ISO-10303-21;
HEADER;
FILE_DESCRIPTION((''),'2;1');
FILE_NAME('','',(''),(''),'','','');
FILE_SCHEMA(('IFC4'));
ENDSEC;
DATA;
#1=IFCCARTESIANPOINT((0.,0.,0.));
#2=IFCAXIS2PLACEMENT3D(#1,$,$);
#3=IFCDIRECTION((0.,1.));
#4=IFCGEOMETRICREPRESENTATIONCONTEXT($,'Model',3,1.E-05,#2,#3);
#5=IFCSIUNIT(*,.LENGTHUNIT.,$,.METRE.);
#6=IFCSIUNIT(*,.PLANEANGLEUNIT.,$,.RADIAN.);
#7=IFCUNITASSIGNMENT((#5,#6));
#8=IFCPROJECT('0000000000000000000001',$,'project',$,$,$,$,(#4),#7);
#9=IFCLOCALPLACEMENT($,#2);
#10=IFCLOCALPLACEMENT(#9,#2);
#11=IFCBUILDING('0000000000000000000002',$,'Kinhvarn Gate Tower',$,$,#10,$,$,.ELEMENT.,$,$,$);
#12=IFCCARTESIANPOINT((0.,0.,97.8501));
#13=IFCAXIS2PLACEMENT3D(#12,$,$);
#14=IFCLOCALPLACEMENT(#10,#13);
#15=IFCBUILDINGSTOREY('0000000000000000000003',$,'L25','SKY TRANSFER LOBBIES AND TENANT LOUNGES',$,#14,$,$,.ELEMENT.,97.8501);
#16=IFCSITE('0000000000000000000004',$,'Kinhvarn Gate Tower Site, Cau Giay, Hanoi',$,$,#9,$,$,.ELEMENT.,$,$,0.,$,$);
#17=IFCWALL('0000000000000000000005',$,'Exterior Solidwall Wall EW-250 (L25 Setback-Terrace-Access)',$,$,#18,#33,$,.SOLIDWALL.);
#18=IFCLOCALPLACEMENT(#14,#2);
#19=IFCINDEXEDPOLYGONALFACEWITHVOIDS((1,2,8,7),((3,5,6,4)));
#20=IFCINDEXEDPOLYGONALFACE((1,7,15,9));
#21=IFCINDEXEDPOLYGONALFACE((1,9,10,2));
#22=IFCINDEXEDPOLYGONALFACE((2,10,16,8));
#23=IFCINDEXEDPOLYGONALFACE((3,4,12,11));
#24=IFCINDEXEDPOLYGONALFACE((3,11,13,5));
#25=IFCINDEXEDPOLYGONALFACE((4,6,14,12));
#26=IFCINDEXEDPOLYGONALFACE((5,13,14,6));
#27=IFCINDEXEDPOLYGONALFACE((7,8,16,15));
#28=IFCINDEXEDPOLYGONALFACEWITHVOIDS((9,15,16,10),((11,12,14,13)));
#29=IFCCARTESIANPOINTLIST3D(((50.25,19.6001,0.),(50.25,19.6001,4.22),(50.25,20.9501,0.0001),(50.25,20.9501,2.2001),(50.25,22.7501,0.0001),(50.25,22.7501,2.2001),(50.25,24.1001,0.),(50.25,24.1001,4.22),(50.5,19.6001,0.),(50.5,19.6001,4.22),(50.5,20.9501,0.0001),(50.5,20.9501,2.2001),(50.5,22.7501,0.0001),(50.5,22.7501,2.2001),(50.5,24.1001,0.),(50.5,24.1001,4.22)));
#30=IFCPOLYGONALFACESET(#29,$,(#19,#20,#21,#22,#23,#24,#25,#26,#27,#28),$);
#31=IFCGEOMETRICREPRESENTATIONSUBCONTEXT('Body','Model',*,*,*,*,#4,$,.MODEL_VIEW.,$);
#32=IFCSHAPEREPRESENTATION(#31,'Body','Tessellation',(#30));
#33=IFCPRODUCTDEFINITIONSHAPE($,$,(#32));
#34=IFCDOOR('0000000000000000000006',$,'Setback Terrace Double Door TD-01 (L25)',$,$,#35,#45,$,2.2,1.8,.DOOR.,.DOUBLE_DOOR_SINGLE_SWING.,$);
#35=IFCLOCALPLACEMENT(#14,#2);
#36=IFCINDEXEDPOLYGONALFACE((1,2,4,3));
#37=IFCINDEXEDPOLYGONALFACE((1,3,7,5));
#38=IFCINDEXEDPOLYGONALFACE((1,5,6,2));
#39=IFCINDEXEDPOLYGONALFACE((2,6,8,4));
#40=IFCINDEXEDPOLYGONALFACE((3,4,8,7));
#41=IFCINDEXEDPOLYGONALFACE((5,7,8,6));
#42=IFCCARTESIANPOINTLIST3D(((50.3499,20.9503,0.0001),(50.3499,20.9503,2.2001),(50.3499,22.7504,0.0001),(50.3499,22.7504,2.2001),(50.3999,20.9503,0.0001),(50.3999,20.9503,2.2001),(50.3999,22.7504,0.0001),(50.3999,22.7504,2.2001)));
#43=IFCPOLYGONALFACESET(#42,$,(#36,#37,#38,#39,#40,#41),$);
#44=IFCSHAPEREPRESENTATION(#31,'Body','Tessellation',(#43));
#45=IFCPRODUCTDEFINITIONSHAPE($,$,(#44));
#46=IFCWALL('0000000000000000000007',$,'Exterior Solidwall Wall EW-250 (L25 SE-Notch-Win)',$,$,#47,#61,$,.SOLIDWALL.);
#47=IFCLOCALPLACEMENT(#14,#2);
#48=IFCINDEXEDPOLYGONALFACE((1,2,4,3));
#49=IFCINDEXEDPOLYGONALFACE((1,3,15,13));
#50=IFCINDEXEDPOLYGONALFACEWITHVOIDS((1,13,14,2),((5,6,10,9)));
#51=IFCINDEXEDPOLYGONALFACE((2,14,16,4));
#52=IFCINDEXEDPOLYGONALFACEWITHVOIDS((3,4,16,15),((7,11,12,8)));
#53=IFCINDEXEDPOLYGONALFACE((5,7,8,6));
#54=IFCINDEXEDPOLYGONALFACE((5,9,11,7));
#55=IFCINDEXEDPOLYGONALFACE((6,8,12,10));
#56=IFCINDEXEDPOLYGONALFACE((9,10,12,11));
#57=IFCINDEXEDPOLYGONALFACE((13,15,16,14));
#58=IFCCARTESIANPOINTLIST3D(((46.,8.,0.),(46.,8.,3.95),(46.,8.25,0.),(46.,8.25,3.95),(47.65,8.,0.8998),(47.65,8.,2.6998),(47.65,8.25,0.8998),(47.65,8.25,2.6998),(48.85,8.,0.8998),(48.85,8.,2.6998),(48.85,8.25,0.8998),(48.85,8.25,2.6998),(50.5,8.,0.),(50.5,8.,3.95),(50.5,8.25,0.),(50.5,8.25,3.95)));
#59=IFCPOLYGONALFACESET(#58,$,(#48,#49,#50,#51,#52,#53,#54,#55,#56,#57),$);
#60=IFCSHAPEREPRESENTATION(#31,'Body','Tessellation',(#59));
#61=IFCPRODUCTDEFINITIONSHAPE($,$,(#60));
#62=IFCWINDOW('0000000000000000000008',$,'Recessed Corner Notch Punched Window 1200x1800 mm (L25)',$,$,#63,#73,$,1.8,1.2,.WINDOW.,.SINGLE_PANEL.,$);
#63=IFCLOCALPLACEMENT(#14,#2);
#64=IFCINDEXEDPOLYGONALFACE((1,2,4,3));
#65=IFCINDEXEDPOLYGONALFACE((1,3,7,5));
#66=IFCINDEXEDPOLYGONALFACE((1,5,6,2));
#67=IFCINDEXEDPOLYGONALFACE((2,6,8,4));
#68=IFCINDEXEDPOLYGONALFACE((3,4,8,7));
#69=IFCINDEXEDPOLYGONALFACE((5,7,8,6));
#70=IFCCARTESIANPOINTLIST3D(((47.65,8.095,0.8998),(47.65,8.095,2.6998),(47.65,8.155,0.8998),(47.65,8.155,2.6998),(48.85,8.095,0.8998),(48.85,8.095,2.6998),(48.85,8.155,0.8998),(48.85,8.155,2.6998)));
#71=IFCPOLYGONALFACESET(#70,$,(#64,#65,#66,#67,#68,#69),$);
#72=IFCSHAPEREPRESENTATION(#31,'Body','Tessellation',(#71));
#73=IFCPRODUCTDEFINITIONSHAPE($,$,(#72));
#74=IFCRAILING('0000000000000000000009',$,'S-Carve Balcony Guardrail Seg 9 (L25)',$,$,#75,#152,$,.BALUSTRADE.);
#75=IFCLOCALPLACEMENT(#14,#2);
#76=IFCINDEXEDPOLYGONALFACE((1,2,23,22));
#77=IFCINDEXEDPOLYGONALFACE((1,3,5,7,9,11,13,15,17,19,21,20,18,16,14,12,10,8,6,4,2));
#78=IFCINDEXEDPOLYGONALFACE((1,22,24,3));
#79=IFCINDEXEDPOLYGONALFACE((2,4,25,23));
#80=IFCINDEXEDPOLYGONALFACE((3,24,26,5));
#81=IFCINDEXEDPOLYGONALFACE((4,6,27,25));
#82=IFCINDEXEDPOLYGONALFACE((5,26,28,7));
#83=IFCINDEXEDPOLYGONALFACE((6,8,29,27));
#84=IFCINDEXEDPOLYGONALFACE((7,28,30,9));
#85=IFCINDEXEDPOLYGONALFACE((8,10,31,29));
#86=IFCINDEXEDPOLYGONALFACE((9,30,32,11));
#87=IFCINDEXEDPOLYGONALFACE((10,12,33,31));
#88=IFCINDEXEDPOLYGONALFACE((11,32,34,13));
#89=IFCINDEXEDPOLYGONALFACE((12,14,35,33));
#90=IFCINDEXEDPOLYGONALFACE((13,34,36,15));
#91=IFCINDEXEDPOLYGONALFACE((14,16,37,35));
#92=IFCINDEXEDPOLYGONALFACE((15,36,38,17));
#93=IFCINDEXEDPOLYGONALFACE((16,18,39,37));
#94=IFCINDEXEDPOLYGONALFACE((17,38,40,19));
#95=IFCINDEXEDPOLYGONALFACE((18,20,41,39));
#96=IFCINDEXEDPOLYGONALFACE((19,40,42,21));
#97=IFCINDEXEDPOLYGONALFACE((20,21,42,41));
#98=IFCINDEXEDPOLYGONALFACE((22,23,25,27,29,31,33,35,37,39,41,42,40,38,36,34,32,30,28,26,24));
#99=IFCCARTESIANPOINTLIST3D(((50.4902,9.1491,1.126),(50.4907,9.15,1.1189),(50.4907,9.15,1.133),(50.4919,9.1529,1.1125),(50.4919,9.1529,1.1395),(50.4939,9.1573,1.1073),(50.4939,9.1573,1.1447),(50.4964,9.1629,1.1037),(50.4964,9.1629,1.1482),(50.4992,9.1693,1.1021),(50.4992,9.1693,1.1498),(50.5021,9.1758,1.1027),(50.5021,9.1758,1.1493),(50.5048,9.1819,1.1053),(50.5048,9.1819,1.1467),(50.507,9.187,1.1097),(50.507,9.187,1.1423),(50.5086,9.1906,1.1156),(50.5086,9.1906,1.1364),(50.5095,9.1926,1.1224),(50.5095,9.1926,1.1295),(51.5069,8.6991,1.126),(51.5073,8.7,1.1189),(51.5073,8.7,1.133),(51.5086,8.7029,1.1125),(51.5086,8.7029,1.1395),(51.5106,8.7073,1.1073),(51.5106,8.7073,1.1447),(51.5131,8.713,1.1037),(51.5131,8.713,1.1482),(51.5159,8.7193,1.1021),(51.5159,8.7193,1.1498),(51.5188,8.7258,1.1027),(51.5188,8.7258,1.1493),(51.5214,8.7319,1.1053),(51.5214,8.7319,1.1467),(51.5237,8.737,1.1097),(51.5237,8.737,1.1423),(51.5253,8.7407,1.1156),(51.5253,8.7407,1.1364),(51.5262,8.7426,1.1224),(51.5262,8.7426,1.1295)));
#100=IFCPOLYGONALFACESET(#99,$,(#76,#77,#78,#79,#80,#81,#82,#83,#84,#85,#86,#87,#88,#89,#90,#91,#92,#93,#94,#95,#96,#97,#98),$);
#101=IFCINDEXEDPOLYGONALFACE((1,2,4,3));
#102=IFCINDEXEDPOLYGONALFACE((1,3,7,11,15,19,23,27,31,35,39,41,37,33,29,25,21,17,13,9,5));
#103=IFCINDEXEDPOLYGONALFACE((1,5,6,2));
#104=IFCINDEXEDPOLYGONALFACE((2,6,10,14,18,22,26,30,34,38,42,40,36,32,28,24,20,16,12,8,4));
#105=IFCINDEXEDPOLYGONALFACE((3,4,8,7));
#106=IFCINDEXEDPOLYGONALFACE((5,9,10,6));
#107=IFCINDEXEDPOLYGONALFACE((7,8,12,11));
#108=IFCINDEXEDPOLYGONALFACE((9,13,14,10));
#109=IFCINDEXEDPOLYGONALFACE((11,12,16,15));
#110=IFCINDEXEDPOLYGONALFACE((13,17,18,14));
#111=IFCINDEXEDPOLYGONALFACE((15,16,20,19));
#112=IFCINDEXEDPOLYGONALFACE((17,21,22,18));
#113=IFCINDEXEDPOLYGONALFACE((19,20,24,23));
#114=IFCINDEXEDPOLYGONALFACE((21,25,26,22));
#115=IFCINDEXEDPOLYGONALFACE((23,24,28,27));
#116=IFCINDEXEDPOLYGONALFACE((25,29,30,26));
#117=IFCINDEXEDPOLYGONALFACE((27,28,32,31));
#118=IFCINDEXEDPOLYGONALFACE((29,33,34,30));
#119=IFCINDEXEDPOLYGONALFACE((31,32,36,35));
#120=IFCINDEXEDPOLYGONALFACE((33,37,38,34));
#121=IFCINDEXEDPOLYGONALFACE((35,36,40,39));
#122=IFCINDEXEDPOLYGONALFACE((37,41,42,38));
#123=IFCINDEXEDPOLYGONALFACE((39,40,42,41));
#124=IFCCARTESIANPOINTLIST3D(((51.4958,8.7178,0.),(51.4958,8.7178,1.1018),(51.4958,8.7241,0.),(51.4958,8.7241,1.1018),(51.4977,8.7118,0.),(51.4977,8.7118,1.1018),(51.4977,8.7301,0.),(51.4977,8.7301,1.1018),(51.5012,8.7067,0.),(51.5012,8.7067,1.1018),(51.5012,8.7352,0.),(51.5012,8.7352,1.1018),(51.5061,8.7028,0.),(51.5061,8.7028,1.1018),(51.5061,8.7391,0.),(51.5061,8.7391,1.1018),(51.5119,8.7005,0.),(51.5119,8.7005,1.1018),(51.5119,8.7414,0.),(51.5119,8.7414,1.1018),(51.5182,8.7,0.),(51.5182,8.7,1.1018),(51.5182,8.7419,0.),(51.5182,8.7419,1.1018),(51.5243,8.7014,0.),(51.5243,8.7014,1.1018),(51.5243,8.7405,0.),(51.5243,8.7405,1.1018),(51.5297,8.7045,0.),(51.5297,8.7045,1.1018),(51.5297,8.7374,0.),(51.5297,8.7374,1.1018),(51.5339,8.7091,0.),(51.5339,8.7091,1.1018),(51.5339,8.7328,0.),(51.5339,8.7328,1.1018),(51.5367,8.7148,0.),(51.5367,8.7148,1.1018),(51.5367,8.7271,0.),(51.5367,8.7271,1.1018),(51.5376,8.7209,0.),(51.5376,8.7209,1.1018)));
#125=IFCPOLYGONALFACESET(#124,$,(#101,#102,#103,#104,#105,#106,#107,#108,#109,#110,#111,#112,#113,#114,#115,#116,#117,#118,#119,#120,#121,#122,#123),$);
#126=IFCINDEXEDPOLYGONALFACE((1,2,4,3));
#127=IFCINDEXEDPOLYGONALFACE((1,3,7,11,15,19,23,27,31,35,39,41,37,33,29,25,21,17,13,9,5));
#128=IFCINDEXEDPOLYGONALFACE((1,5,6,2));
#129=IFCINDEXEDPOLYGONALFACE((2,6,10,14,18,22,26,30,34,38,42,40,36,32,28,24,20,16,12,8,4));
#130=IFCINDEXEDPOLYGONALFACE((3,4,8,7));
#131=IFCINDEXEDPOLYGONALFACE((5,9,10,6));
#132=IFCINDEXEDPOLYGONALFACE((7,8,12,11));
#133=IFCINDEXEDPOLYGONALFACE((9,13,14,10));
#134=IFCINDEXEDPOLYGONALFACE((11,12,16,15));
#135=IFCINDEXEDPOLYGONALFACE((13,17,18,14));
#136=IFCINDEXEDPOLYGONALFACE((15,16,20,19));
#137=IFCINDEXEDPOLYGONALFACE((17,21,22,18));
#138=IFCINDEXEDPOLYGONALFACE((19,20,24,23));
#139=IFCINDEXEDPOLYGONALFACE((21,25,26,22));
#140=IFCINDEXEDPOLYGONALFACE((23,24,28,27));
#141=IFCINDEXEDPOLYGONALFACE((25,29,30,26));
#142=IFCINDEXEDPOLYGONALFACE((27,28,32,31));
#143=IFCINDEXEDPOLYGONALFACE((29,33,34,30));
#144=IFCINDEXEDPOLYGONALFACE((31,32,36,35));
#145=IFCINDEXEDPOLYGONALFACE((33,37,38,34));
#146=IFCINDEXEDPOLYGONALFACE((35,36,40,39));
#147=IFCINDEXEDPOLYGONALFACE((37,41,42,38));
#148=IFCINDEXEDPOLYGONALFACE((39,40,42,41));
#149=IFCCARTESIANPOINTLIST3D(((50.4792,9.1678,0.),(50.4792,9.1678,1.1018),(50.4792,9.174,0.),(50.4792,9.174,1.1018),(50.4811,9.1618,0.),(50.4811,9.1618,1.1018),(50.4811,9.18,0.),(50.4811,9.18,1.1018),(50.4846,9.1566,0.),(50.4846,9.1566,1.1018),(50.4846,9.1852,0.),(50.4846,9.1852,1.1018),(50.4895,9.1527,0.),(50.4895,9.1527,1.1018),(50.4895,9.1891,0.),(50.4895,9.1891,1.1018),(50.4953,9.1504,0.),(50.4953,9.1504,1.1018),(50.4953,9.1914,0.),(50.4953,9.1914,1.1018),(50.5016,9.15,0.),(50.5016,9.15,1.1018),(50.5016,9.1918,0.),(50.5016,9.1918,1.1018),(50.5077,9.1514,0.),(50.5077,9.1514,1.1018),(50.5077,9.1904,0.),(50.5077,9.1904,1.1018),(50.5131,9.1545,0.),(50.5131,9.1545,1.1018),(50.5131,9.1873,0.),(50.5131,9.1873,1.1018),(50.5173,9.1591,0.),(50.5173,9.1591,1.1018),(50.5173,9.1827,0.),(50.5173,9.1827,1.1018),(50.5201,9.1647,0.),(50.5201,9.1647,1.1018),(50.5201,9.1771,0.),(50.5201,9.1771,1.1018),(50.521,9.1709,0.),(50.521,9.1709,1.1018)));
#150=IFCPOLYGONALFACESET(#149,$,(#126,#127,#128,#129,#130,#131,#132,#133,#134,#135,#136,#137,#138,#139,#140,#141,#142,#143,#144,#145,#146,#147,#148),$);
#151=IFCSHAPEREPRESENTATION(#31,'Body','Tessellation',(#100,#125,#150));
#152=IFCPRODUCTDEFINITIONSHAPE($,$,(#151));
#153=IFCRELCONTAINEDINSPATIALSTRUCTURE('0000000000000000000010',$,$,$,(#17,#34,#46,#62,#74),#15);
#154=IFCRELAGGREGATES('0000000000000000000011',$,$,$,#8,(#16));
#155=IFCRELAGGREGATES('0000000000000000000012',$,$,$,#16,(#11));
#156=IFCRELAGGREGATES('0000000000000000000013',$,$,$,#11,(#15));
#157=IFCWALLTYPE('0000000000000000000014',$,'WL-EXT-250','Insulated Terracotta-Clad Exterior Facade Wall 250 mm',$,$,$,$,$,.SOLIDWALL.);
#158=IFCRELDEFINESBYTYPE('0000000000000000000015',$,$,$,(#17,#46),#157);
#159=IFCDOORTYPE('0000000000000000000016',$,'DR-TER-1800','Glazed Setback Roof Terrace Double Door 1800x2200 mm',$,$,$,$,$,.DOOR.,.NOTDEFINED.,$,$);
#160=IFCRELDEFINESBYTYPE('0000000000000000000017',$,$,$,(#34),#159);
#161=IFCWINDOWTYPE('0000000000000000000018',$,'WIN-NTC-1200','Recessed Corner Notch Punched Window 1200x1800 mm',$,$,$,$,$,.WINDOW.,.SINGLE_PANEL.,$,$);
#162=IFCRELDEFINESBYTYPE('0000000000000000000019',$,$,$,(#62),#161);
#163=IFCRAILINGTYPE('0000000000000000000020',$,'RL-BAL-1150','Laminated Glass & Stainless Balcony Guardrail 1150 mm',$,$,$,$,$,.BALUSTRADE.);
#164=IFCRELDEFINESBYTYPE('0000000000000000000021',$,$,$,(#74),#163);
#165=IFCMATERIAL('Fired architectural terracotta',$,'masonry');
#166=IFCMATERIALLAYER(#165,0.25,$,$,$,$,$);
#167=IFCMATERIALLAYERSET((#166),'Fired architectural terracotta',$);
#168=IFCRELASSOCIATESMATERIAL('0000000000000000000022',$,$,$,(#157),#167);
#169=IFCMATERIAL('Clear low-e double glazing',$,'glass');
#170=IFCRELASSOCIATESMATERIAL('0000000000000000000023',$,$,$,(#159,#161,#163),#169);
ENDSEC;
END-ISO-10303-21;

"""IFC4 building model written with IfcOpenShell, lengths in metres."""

from ifc_helpers import new_model, si_unit, direction, frame, frame_2d, origin, origin_2d, place, context, subcontext, project, spatial, rectangle, circle, extrude, material, layer, layer_set, type_object, element, fill, save


model = new_model("IFC4")

# Units and contexts
model_context = context("Model", 3, precision=1e-05, world=origin(), true_north=direction((0.0, 1.0)))
body_context = subcontext(model_context, "Body", "Model", "MODEL_VIEW")
ifc_project = project(units=[si_unit("LENGTHUNIT", "METRE"), si_unit("PLANEANGLEUNIT", "RADIAN")], contexts=[model_context])

# Site, building, storey
site_placement = place(None, origin())
site = spatial("IfcSite", under=ifc_project, at=site_placement, Name="Kinhvarn Gate Tower Site, Cau Giay, Hanoi", CompositionType="ELEMENT", RefElevation=0.0)
building_placement = place(site_placement, origin())
building = spatial("IfcBuilding", under=site, at=building_placement, Name="Kinhvarn Gate Tower", CompositionType="ELEMENT")
storey_placement = place(building_placement, frame((0.0, 0.0, 97.8501)))
storey = spatial("IfcBuildingStorey", under=building, at=storey_placement, Name="L25", Description="SKY TRANSFER LOBBIES AND TENANT LOUNGES", CompositionType="ELEMENT", Elevation=97.8501)

# Shared definitions
ifc_material_1 = material(Name="Clear low-e double glazing", Category="glass")

# Wall, opening, door
ifc_material_2 = material(Name="Fired architectural terracotta", Category="masonry")
ifc_layer_1 = layer(ifc_material_2, 0.25)
ifc_layer_set_1 = layer_set([ifc_layer_1], Name="Fired architectural terracotta")
wall_type = type_object("IfcWallType", Name="WL-EXT-250", Description="Insulated Terracotta-Clad Exterior Facade Wall 250 mm", PredefinedType="SOLIDWALL", material=ifc_layer_set_1)
wall_1_placement = place(storey_placement, frame((50.375, 19.6001, 0.0), z_axis=(0.0, 0.0, 1.0), x_axis=(0.0, 1.0, 0.0)))
wall_1 = element("IfcWall", 1, at=wall_1_placement, inside=storey, type_object=wall_type, Name="Exterior Solidwall Wall EW-250 (L25 Setback-Terrace-Access)", PredefinedType="SOLIDWALL", context=body_context, shape_type="SweptSolid", body=[
    extrude(rectangle(XDim=4.5, YDim=0.25, at=frame_2d((2.25, 0.0))), origin(), (0.0, 0.0, 1.0), 4.22),
])
opening_1_placement = place(wall_1_placement, frame((1.3501, 0.0, 0.0)))
opening_1 = element("IfcOpeningElement", 2, at=opening_1_placement, cuts=wall_1, PredefinedType="OPENING", context=body_context, shape_type="SweptSolid", body=[
    extrude(rectangle(XDim=1.8, YDim=2.2, at=frame_2d((0.8999, 1.1001))), frame((0.0, 0.135, 0.0), z_axis=(0.0, -1.0, 0.0), x_axis=(1.0, 0.0, 0.0)), (0.0, 0.0, 1.0), 0.27),
])
door_type = type_object("IfcDoorType", Name="DR-TER-1800", Description="Glazed Setback Roof Terrace Double Door 1800x2200 mm", OperationType="NOTDEFINED", PredefinedType="DOOR", material=ifc_material_1)
door_placement = place(opening_1_placement, frame((1.8, 0.0, 0.0), z_axis=(0.0, 0.0, 1.0), x_axis=(-1.0, 0.0, 0.0)))
door = element("IfcDoor", 3, at=door_placement, inside=storey, type_object=door_type, Name="Setback Terrace Double Door TD-01 (L25)", OperationType="DOUBLE_DOOR_SINGLE_SWING", OverallHeight=2.2, OverallWidth=1.8, PredefinedType="DOOR", context=body_context, shape_type="SweptSolid", body=[
    extrude(rectangle(XDim=1.8, YDim=2.2, at=frame_2d((0.8999, 1.1001))), frame((0.0, 0.0249, 0.0), z_axis=(0.0, -1.0, 0.0), x_axis=(1.0, 0.0, 0.0)), (0.0, 0.0, 1.0), 0.05),
])
fill(opening_1, door)

# Wall, opening, window
wall_2_placement = place(storey_placement, frame((46.0, 8.125, 0.0), z_axis=(0.0, 0.0, 1.0), x_axis=(1.0, 0.0, 0.0)))
wall_2 = element("IfcWall", 4, at=wall_2_placement, inside=storey, type_object=wall_type, Name="Exterior Solidwall Wall EW-250 (L25 SE-Notch-Win)", PredefinedType="SOLIDWALL", context=body_context, shape_type="SweptSolid", body=[
    extrude(rectangle(XDim=4.5, YDim=0.25, at=frame_2d((2.25, 0.0))), origin(), (0.0, 0.0, 1.0), 3.95),
])
opening_2_placement = place(wall_2_placement, frame((1.6499, 0.0, 0.8999)))
opening_2 = element("IfcOpeningElement", 5, at=opening_2_placement, cuts=wall_2, PredefinedType="OPENING", context=body_context, shape_type="SweptSolid", body=[
    extrude(rectangle(XDim=1.2, YDim=1.8, at=frame_2d((0.6001, 0.8999))), frame((0.0, 0.135, 0.0), z_axis=(0.0, -1.0, 0.0), x_axis=(1.0, 0.0, 0.0)), (0.0, 0.0, 1.0), 0.27),
])
window_type = type_object("IfcWindowType", Name="WIN-NTC-1200", Description="Recessed Corner Notch Punched Window 1200x1800 mm", PartitioningType="SINGLE_PANEL", PredefinedType="WINDOW", material=ifc_material_1)
window_placement = place(opening_2_placement, origin())
window = element("IfcWindow", 6, at=window_placement, inside=storey, type_object=window_type, Name="Recessed Corner Notch Punched Window 1200x1800 mm (L25)", OverallHeight=1.8, OverallWidth=1.2, PartitioningType="SINGLE_PANEL", PredefinedType="WINDOW", context=body_context, shape_type="SweptSolid", body=[
    extrude(rectangle(XDim=1.2, YDim=1.8, at=frame_2d((0.6001, 0.8999))), frame((0.0, 0.03, 0.0), z_axis=(0.0, -1.0, 0.0), x_axis=(1.0, 0.0, 0.0)), (0.0, 0.0, 1.0), 0.0601),
])
fill(opening_2, window)

# Railing
railing_type_1 = type_object("IfcRailingType", Name="RL-BAL-1150", Description="Laminated Glass & Stainless Balcony Guardrail 1150 mm", PredefinedType="BALUSTRADE", material=ifc_material_1)
railing_1_placement = place(storey_placement, frame((51.5166, 8.7209, 0.0)))
element("IfcRailing", 7, at=railing_1_placement, inside=storey, type_object=railing_type_1, Name="S-Carve Balcony Guardrail Seg 9 (L25)", PredefinedType="BALUSTRADE", context=body_context, shape_type="SweptSolid", body=[
    extrude(circle(Radius=0.0239, at=origin_2d()), frame((0.0, 0.0, 1.126), z_axis=(-0.914435, 0.404732, 0.0), x_axis=(-0.404732, -0.914435, 0.0)), (0.0, 0.0, 1.0), 1.1118),
    extrude(circle(Radius=0.021, at=origin_2d()), origin(), (0.0, 0.0, 1.0), 1.1018),
    extrude(circle(Radius=0.021, at=origin_2d()), frame((-1.0166, 0.45, 0.0)), (0.0, 0.0, 1.0), 1.1018),
])

save(model, "model.ifc")
